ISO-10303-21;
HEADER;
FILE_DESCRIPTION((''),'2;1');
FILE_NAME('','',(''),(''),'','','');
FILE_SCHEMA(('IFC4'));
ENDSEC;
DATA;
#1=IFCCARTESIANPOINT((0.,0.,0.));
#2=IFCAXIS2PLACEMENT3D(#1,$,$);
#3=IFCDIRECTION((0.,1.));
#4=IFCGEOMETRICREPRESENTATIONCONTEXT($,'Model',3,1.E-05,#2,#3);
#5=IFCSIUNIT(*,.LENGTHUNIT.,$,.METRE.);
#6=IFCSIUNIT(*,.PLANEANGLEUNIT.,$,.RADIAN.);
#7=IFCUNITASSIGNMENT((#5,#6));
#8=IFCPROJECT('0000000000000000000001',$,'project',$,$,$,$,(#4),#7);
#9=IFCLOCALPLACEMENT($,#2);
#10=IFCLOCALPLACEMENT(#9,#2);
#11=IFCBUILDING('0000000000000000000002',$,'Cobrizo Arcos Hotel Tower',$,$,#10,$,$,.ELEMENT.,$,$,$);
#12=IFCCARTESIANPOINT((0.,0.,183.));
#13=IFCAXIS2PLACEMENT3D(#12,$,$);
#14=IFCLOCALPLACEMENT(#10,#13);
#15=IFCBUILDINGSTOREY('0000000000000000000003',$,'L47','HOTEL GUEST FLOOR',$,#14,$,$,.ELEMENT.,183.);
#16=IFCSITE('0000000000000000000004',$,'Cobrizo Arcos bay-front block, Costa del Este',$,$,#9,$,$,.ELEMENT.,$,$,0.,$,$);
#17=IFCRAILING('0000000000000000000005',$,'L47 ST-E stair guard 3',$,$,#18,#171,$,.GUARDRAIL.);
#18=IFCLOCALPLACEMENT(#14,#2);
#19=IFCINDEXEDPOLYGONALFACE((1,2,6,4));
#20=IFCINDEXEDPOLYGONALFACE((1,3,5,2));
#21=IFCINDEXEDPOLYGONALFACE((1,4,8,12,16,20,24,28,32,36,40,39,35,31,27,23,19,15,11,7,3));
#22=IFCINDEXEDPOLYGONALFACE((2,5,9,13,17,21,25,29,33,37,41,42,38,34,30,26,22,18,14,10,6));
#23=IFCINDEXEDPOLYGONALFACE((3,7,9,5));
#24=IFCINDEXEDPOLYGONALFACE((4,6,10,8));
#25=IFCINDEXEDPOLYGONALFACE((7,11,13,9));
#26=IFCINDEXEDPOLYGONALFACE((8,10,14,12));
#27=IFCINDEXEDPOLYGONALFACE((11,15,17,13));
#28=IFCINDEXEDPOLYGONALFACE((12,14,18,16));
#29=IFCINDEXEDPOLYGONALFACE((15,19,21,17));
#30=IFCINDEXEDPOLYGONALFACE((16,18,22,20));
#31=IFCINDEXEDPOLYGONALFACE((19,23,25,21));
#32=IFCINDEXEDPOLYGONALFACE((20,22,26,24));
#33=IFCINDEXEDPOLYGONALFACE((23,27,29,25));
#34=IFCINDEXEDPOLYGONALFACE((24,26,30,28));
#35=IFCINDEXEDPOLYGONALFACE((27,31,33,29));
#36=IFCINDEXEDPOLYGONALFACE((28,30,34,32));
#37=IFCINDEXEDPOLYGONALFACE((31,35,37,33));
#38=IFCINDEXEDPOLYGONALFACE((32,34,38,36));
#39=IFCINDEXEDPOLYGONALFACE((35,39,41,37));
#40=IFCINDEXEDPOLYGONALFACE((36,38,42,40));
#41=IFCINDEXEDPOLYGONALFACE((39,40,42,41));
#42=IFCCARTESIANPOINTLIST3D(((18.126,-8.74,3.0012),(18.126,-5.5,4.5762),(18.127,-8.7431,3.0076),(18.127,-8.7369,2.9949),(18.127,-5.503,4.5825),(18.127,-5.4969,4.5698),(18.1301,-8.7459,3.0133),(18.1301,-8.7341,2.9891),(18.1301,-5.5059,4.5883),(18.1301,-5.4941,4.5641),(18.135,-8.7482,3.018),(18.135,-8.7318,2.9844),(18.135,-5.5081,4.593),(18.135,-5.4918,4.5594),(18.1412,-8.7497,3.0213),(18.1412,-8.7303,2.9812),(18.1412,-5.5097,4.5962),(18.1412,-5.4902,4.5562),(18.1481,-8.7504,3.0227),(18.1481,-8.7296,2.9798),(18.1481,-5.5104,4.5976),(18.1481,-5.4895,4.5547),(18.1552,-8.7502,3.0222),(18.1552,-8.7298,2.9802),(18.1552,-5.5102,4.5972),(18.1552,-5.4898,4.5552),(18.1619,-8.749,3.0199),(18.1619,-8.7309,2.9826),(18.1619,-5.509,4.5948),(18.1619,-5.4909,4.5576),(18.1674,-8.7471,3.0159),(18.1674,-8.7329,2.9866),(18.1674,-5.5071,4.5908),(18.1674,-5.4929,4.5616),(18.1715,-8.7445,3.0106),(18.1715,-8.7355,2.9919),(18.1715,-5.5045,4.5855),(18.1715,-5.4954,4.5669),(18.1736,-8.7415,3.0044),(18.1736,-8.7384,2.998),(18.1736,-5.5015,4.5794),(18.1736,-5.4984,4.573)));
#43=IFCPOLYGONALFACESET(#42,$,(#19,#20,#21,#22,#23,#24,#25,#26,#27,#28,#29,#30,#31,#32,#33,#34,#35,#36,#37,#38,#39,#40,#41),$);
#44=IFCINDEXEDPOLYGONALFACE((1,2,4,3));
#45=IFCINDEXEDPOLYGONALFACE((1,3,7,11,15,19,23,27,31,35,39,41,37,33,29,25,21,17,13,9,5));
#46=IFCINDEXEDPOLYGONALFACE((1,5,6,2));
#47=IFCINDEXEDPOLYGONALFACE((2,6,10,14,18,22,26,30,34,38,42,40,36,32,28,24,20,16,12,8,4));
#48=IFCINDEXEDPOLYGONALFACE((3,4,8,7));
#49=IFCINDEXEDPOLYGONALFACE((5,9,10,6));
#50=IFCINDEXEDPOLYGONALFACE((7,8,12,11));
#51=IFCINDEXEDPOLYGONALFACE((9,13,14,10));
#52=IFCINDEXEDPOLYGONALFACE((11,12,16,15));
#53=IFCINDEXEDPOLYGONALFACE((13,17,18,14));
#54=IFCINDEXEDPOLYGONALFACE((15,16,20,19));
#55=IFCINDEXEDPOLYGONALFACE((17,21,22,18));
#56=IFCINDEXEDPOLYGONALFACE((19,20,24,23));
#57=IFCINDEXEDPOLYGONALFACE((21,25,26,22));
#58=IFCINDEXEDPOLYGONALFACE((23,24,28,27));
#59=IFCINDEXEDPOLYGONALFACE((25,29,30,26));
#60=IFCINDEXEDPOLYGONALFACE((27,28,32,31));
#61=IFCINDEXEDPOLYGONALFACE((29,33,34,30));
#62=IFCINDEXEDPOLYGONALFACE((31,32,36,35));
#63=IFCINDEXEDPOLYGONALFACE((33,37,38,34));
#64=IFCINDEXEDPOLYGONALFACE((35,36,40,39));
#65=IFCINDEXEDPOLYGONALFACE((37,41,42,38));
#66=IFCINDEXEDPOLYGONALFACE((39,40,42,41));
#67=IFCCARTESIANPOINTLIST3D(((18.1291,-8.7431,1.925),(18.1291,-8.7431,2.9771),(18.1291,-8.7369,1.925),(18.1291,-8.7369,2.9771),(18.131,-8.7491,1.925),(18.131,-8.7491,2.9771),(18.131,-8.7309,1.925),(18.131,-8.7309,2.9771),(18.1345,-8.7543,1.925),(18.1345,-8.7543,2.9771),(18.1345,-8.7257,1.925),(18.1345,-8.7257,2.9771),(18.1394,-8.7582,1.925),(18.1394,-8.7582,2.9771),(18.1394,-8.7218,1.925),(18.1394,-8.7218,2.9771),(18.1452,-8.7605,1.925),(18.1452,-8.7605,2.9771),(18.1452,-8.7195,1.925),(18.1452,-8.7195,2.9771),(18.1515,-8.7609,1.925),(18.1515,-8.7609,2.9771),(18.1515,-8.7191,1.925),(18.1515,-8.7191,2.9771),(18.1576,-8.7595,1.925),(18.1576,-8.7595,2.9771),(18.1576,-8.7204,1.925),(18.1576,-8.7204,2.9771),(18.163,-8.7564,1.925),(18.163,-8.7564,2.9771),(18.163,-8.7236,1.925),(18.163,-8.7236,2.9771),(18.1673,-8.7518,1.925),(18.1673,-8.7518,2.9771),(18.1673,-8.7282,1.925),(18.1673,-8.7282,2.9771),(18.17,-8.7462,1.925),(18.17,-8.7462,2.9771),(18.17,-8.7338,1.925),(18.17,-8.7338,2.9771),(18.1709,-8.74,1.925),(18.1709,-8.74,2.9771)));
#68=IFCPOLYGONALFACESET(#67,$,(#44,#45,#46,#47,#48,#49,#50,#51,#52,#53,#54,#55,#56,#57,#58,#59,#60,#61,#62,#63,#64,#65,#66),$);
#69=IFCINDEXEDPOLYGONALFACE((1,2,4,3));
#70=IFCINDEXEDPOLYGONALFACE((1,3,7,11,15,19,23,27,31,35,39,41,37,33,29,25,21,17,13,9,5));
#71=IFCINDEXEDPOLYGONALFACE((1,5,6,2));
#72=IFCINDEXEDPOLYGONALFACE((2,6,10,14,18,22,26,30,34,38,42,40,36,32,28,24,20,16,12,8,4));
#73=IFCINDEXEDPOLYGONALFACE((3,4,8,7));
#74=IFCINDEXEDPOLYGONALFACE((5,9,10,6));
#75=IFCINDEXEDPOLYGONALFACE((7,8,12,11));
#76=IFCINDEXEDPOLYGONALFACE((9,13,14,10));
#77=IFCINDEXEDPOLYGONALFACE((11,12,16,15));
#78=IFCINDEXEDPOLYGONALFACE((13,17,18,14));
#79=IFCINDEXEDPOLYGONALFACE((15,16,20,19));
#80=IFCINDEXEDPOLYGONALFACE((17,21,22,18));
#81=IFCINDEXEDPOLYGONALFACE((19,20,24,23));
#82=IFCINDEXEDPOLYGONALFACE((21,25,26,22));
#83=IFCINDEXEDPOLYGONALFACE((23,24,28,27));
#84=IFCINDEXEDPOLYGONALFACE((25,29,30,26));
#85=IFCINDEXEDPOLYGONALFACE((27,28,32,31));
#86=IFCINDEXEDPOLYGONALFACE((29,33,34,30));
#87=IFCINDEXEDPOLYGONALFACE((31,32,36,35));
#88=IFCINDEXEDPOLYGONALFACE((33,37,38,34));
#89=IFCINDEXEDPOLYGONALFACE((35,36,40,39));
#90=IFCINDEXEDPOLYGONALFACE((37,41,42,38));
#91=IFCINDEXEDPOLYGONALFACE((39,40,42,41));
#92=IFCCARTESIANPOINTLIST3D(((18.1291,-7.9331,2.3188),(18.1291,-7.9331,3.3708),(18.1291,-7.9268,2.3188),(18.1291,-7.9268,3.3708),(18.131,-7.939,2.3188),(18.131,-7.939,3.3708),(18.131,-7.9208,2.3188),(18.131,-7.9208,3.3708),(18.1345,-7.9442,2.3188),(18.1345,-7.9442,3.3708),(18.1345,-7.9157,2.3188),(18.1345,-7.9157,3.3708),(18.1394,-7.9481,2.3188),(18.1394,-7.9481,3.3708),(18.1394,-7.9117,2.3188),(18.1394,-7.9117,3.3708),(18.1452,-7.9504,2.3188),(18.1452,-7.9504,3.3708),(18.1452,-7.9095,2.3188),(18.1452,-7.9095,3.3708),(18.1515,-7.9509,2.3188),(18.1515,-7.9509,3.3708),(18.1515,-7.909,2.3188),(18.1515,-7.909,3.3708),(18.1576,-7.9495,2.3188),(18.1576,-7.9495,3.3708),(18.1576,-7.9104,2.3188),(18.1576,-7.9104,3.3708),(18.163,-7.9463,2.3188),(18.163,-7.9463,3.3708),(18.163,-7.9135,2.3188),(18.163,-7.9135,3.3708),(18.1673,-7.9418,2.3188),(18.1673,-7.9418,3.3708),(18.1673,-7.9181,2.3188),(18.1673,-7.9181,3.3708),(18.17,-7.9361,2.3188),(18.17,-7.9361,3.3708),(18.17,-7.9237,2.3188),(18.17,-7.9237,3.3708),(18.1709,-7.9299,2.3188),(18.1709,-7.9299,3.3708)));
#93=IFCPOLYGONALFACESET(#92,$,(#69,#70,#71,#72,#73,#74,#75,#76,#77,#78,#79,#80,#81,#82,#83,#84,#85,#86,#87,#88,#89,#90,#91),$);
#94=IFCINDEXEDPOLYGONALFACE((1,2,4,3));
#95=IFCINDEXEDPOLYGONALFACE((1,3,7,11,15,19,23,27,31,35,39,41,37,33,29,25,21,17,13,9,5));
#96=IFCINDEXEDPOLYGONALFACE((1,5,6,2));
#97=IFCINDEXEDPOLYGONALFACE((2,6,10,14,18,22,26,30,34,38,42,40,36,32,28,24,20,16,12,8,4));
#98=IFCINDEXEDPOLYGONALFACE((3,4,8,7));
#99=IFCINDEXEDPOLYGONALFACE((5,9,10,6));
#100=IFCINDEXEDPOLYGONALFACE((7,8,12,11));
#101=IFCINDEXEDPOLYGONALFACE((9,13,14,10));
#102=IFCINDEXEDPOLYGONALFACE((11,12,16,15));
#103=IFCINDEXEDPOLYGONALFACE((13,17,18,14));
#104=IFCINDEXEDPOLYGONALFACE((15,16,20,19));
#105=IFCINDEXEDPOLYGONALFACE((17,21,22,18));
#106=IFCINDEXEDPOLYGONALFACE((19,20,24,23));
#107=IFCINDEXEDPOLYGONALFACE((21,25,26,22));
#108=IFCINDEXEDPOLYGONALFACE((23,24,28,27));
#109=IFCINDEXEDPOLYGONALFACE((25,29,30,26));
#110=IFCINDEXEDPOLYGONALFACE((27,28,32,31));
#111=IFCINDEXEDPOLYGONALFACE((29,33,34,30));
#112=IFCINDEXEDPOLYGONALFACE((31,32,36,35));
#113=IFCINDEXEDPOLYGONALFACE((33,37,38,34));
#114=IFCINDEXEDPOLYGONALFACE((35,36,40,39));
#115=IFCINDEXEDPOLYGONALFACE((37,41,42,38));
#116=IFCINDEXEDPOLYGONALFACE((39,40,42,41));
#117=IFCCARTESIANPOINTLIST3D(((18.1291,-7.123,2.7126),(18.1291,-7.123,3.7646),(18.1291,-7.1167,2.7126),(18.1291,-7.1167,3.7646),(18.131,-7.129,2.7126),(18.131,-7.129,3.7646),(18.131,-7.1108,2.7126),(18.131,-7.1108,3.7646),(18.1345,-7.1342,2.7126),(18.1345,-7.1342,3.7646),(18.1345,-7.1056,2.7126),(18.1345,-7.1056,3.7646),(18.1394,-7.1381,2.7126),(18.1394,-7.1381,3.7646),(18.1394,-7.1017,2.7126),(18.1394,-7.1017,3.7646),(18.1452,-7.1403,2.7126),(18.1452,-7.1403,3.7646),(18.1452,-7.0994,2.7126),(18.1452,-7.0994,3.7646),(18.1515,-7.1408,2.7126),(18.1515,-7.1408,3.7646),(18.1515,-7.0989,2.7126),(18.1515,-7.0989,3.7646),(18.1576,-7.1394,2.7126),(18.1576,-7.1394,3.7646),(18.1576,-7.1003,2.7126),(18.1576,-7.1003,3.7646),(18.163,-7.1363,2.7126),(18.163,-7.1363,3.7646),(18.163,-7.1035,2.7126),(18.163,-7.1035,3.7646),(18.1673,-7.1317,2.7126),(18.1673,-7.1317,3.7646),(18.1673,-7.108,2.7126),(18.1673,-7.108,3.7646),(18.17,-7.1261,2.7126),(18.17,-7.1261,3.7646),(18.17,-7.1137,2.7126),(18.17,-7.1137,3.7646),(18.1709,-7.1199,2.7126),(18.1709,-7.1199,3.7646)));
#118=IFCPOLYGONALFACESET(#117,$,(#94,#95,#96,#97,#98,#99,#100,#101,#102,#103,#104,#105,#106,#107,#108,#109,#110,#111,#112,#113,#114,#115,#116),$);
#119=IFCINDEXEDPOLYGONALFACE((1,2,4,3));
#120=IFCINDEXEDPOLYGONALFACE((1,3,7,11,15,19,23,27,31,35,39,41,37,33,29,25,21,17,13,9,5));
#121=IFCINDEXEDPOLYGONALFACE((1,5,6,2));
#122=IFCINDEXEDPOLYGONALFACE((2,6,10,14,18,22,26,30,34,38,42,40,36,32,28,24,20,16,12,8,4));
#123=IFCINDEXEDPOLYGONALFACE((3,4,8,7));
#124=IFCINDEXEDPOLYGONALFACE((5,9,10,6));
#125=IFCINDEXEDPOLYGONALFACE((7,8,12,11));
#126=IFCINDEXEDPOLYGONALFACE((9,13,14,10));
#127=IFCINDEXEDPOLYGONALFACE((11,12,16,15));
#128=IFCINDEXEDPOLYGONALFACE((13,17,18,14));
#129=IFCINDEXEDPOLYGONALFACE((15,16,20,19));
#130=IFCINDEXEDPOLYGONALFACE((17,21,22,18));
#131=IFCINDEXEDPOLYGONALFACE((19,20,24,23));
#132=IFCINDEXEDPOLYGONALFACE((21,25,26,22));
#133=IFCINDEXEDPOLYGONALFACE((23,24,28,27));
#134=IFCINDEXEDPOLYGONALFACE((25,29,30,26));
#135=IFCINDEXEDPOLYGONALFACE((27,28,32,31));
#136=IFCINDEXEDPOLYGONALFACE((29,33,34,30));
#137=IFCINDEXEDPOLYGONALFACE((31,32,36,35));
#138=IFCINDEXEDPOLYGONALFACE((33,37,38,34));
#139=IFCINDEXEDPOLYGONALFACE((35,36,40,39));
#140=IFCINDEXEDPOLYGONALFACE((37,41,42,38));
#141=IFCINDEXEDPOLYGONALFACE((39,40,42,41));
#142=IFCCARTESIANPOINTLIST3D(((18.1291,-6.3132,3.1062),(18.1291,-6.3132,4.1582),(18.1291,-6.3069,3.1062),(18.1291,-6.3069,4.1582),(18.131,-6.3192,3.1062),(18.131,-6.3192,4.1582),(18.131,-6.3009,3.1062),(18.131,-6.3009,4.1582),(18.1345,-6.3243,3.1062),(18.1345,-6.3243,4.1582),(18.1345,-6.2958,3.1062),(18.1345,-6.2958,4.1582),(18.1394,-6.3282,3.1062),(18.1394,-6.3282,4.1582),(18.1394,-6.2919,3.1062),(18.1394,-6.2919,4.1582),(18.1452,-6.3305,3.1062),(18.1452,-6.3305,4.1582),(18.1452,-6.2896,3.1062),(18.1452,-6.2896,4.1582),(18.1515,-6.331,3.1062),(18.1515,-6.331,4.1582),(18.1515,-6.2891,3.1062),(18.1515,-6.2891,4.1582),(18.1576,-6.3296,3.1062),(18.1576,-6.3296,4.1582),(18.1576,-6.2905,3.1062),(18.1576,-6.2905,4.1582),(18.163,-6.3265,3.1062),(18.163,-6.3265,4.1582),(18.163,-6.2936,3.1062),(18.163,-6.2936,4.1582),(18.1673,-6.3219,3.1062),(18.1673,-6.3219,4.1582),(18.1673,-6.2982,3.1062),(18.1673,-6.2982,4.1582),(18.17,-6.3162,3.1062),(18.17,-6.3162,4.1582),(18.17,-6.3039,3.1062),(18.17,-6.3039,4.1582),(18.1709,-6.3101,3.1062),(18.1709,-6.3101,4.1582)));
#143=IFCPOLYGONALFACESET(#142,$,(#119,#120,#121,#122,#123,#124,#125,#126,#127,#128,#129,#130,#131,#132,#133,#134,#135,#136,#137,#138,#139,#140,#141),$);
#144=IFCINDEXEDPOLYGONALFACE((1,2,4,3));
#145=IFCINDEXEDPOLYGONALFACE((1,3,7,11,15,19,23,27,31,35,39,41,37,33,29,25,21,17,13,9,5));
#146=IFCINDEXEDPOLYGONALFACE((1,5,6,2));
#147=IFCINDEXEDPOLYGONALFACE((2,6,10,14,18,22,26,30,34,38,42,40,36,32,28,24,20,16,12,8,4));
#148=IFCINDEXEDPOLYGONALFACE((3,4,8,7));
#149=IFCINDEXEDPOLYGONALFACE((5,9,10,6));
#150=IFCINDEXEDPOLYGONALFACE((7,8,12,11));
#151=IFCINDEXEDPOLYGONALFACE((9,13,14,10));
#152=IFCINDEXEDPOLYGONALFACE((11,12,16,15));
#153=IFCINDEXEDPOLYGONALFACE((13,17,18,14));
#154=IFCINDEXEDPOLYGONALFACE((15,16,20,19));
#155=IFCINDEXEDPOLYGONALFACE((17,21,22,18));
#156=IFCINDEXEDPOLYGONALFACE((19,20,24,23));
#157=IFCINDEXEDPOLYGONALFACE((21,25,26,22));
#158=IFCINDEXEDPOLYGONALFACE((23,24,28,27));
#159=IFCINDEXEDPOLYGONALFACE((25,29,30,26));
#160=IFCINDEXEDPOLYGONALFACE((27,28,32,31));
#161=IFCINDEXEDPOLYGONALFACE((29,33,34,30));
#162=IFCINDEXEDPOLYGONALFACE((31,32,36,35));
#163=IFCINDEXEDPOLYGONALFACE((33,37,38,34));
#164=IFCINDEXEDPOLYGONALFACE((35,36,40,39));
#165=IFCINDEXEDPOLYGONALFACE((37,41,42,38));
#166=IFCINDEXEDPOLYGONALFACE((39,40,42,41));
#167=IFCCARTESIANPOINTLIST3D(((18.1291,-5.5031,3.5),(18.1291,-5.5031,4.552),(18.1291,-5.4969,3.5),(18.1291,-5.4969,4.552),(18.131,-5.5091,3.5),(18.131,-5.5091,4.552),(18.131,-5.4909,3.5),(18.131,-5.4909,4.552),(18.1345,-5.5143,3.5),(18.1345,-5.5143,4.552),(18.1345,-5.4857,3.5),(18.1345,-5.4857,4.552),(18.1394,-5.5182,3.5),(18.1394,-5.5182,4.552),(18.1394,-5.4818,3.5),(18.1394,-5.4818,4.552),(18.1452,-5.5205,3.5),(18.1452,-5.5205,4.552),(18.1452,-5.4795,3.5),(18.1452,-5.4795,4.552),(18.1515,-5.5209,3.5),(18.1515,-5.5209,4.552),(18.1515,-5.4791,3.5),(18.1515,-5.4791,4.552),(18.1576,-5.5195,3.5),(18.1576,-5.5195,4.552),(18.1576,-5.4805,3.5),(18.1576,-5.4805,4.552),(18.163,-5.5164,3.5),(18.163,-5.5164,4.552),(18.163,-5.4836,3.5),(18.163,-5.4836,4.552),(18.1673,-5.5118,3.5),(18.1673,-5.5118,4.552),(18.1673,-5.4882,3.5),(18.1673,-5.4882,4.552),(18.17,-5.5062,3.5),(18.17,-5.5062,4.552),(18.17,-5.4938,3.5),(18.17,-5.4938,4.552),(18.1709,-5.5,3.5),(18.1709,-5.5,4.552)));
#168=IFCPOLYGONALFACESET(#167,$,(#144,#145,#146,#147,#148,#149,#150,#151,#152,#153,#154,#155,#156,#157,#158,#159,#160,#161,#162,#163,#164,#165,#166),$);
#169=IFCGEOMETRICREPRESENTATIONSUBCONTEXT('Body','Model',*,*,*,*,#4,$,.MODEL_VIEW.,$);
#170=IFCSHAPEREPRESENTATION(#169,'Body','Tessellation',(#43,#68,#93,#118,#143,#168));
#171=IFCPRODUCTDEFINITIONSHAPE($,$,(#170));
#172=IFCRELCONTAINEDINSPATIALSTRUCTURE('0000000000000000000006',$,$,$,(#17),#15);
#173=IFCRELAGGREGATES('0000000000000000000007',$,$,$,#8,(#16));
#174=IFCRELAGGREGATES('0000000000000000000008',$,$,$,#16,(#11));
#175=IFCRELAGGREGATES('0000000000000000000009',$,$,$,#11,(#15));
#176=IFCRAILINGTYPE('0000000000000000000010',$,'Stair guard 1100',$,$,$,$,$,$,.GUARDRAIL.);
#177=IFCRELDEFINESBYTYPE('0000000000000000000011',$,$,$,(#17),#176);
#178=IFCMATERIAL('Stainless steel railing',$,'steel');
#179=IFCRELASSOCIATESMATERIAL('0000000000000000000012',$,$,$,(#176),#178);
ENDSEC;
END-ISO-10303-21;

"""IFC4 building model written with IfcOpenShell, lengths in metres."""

from ifc_helpers import new_model, si_unit, direction, frame, origin, origin_2d, place, context, subcontext, project, spatial, circle, extrude, material, type_object, element, save


model = new_model("IFC4")

# Units and contexts
model_context = context("Model", 3, precision=1e-05, world=origin(), true_north=direction((0.0, 1.0)))
body_context = subcontext(model_context, "Body", "Model", "MODEL_VIEW")
ifc_project = project(units=[si_unit("LENGTHUNIT", "METRE"), si_unit("PLANEANGLEUNIT", "RADIAN")], contexts=[model_context])

# Site, building, storey
site_placement = place(None, origin())
site = spatial("IfcSite", under=ifc_project, at=site_placement, Name="Cobrizo Arcos bay-front block, Costa del Este", CompositionType="ELEMENT", RefElevation=0.0)
building_placement = place(site_placement, origin())
building = spatial("IfcBuilding", under=site, at=building_placement, Name="Cobrizo Arcos Hotel Tower", CompositionType="ELEMENT")
storey_placement = place(building_placement, frame((0.0, 0.0, 183.0)))
storey = spatial("IfcBuildingStorey", under=building, at=storey_placement, Name="L47", Description="HOTEL GUEST FLOOR", CompositionType="ELEMENT", Elevation=183.0)

# Railing
ifc_material_1 = material(Name="Stainless steel railing", Category="steel")
railing_type_1 = type_object("IfcRailingType", Name="Stair guard 1100", PredefinedType="GUARDRAIL", material=ifc_material_1)
railing_1_placement = place(storey_placement, frame((18.1499, -8.74, 1.925)))
element("IfcRailing", 1, at=railing_1_placement, inside=storey, type_object=railing_type_1, Name="L47 ST-E stair guard 3", PredefinedType="GUARDRAIL", context=body_context, shape_type="SweptSolid", body=[
    extrude(circle(Radius=0.0239, at=origin_2d()), frame((0.0, 0.0, 1.0762), z_axis=(0.0, 0.899373, 0.437183), x_axis=(-1.0, 0.0, 0.0)), (0.0, 0.0, 1.0), 3.6025),
    extrude(circle(Radius=0.021, at=origin_2d()), origin(), (0.0, 0.0, 1.0), 1.052),
    extrude(circle(Radius=0.021, at=origin_2d()), frame((0.0, 0.8101, 0.3938)), (0.0, 0.0, 1.0), 1.052),
    extrude(circle(Radius=0.021, at=origin_2d()), frame((0.0, 1.6201, 0.7876)), (0.0, 0.0, 1.0), 1.052),
    extrude(circle(Radius=0.021, at=origin_2d()), frame((0.0, 2.4299, 1.1812)), (0.0, 0.0, 1.0), 1.052),
    extrude(circle(Radius=0.021, at=origin_2d()), frame((0.0, 3.24, 1.575)), (0.0, 0.0, 1.0), 1.052),
])

save(model, "model.ifc")
